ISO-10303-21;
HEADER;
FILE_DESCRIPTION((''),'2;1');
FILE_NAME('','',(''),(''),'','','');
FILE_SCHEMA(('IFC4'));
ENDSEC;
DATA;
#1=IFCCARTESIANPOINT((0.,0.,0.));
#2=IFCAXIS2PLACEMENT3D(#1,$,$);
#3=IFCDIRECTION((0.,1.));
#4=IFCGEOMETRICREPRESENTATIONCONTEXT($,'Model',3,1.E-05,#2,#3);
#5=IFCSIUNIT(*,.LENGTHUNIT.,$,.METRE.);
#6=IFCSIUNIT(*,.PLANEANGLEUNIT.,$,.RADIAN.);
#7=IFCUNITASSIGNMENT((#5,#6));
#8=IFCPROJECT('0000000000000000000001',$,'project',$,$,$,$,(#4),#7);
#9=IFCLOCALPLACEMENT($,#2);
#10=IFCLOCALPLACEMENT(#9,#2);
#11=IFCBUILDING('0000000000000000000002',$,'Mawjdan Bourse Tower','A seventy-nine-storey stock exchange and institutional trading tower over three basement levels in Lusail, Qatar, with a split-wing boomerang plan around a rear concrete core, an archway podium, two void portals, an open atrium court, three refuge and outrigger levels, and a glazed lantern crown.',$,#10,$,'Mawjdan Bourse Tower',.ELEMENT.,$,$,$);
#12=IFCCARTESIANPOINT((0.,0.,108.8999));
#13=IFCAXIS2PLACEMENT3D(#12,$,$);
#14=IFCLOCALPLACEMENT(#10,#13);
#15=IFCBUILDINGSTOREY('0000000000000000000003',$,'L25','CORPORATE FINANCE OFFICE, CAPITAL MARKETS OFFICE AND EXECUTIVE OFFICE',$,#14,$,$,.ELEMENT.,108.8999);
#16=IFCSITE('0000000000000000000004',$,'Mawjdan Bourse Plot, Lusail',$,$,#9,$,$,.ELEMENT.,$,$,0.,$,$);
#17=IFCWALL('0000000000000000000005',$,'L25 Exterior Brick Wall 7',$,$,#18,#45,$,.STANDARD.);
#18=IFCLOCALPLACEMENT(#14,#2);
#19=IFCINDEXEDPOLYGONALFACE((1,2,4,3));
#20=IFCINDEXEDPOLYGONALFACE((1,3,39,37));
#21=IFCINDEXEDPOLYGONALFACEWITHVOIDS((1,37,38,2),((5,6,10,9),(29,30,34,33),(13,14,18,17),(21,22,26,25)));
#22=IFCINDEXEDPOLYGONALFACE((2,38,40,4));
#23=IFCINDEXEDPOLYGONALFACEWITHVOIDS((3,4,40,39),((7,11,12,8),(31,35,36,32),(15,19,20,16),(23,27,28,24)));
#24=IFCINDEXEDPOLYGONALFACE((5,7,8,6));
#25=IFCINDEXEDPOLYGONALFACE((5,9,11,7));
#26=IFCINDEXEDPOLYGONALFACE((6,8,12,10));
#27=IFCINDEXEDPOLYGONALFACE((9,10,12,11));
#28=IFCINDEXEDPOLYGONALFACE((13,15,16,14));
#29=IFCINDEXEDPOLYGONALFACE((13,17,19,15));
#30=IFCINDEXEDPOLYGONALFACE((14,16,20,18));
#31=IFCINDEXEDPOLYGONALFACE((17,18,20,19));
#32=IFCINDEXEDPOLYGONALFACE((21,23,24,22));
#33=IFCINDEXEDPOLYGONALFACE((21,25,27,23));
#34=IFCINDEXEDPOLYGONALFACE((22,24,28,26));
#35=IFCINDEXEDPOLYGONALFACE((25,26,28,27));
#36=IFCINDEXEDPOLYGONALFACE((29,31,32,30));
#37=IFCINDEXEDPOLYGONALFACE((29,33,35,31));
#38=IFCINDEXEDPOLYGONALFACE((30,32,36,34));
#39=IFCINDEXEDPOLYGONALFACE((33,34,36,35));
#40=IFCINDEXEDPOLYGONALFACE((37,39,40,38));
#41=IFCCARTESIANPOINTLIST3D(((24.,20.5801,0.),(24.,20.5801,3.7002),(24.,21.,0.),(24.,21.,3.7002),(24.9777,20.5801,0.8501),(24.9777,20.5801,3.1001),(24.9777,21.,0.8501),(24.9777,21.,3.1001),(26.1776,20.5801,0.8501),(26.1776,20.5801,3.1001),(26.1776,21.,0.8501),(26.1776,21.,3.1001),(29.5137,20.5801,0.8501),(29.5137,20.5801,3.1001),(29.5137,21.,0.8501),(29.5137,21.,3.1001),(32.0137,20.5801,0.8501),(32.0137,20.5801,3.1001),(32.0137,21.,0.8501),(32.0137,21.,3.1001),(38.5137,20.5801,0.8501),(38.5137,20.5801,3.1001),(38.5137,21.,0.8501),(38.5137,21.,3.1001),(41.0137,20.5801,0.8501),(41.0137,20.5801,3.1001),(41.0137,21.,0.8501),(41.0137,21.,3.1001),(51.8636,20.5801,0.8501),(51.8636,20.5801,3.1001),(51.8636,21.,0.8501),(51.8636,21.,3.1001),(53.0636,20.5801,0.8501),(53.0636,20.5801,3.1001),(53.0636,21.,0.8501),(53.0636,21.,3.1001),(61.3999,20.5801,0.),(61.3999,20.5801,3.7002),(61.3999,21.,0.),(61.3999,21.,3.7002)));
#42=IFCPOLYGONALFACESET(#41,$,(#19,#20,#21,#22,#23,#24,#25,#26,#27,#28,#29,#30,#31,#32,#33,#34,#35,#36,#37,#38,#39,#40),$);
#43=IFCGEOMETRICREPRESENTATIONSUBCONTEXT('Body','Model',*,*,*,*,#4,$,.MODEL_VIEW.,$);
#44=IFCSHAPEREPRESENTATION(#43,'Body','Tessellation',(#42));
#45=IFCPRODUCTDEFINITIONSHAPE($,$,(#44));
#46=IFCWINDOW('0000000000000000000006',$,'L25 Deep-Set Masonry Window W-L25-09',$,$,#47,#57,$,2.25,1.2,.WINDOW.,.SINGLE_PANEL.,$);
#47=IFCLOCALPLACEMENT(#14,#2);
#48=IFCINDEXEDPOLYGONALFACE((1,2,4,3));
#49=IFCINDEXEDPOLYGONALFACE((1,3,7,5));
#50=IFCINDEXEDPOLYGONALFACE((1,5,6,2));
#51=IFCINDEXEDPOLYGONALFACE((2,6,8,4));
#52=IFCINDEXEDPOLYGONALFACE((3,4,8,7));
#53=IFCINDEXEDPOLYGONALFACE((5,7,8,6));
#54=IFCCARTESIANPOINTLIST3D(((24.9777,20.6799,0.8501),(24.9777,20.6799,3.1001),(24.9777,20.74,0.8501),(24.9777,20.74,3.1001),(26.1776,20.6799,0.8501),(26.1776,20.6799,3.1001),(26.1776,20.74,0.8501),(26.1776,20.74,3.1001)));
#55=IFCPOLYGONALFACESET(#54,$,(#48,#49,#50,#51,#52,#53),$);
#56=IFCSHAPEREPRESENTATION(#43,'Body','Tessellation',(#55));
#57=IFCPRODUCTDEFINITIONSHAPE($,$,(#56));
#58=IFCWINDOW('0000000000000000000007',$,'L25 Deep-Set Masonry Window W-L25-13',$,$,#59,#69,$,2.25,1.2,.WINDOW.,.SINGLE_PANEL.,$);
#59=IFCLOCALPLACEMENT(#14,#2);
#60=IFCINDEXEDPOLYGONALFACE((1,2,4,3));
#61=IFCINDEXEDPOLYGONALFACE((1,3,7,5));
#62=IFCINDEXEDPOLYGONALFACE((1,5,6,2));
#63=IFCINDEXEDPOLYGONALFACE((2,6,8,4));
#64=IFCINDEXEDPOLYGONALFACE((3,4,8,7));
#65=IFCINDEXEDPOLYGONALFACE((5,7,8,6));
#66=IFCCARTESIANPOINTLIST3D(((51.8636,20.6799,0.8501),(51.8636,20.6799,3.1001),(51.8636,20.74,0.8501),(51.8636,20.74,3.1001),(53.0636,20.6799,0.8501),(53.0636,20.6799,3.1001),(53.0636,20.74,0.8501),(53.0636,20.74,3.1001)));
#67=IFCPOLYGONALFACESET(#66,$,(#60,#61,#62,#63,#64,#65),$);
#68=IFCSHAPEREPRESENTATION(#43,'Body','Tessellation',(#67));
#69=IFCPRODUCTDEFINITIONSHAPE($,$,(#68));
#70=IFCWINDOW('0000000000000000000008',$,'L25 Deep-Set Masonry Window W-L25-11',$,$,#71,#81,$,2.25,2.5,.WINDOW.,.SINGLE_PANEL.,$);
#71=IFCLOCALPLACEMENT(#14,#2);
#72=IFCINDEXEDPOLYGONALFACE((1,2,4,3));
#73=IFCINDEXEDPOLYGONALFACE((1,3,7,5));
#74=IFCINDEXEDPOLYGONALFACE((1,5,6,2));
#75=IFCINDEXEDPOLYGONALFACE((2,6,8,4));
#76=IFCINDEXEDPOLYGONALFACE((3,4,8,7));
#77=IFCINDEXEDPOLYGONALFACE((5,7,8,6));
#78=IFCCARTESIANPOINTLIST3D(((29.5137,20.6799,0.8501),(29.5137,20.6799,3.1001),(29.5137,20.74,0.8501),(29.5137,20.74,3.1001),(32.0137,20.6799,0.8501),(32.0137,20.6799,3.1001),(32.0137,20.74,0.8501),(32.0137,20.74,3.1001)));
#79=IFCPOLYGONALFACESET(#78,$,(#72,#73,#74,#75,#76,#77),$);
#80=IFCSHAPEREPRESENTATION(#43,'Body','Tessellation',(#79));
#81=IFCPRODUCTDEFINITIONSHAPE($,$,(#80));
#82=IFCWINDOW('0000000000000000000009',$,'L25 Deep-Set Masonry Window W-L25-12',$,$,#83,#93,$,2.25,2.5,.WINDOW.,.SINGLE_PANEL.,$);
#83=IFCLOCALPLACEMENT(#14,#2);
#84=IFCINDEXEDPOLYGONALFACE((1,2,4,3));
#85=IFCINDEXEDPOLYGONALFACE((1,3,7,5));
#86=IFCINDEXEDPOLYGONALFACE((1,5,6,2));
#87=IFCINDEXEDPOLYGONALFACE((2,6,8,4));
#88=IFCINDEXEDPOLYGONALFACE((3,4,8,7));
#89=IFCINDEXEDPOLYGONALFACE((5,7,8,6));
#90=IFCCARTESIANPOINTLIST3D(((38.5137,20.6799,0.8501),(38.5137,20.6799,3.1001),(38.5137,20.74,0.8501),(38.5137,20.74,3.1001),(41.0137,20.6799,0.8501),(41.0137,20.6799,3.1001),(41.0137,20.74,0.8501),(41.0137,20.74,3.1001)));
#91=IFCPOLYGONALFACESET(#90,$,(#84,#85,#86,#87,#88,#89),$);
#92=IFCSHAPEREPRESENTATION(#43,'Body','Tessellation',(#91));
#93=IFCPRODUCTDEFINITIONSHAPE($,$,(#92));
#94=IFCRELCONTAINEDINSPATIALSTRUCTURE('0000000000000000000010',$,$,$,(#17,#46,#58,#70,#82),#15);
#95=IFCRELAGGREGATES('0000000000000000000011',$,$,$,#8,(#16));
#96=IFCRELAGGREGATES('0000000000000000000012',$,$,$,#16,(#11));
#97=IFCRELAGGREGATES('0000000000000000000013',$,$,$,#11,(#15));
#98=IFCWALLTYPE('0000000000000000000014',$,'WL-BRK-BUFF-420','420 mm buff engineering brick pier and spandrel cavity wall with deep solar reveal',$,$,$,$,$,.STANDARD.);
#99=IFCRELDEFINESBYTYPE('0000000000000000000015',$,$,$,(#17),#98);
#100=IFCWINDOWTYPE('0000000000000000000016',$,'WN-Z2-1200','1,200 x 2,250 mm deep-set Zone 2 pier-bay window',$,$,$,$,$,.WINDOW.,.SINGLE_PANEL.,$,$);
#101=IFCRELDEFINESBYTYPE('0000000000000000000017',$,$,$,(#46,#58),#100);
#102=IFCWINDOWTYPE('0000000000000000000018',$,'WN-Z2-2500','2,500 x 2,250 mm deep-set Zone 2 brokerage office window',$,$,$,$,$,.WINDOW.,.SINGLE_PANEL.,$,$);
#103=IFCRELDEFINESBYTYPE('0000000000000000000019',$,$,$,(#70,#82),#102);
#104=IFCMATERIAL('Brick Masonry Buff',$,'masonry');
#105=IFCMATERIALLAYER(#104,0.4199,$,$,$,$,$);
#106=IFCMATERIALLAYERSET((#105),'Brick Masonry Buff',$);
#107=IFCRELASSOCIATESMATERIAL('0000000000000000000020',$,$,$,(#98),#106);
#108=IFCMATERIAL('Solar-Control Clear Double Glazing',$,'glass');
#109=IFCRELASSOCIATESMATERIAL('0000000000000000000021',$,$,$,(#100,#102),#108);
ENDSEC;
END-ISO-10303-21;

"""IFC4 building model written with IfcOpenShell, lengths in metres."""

from ifc_helpers import new_model, si_unit, direction, frame, frame_2d, origin, place, context, subcontext, project, spatial, rectangle, extrude, material, layer, layer_set, type_object, element, fill, save


model = new_model("IFC4")

# Units and contexts
model_context = context("Model", 3, precision=1e-05, world=origin(), true_north=direction((0.0, 1.0)))
body_context = subcontext(model_context, "Body", "Model", "MODEL_VIEW")
ifc_project = project(units=[si_unit("LENGTHUNIT", "METRE"), si_unit("PLANEANGLEUNIT", "RADIAN")], contexts=[model_context])

# Site, building, storey
site_placement = place(None, origin())
site = spatial("IfcSite", under=ifc_project, at=site_placement, Name="Mawjdan Bourse Plot, Lusail", CompositionType="ELEMENT", RefElevation=0.0)
building_placement = place(site_placement, origin())
building = spatial("IfcBuilding", under=site, at=building_placement, Name="Mawjdan Bourse Tower", Description="A seventy-nine-storey stock exchange and institutional trading tower over three basement levels in Lusail, Qatar, with a split-wing boomerang plan around a rear concrete core, an archway podium, two void portals, an open atrium court, three refuge and outrigger levels, and a glazed lantern crown.", LongName="Mawjdan Bourse Tower", CompositionType="ELEMENT")
storey_placement = place(building_placement, frame((0.0, 0.0, 108.8999)))
storey = spatial("IfcBuildingStorey", under=building, at=storey_placement, Name="L25", Description="CORPORATE FINANCE OFFICE, CAPITAL MARKETS OFFICE AND EXECUTIVE OFFICE", CompositionType="ELEMENT", Elevation=108.8999)

# Shared definitions
ifc_material_1 = material(Name="Brick Masonry Buff", Category="masonry")
ifc_layer = layer(ifc_material_1, 0.4199)
ifc_layer_set = layer_set([ifc_layer], Name="Brick Masonry Buff")
wall_type = type_object("IfcWallType", Name="WL-BRK-BUFF-420", Description="420 mm buff engineering brick pier and spandrel cavity wall with deep solar reveal", PredefinedType="STANDARD", material=ifc_layer_set)

# Wall, openings, windows
wall_placement = place(storey_placement, frame((61.3999, 20.79, 0.0), z_axis=(0.0, 0.0, 1.0), x_axis=(-1.0, 0.0, 0.0)))
wall = element("IfcWall", 1, at=wall_placement, inside=storey, type_object=wall_type, Name="L25 Exterior Brick Wall 7", PredefinedType="STANDARD", context=body_context, shape_type="SweptSolid", body=[
    extrude(rectangle(XDim=37.3999, YDim=0.4199, at=frame_2d((18.7, 0.0))), origin(), (0.0, 0.0, 1.0), 3.7002),
])
opening_1_placement = place(wall_placement, frame((35.2222, 0.0, 0.8501)))
opening_1 = element("IfcOpeningElement", 2, at=opening_1_placement, cuts=wall, PredefinedType="OPENING", context=body_context, shape_type="SweptSolid", body=[
    extrude(rectangle(XDim=1.2, YDim=2.25, at=frame_2d((0.6001, 1.125))), frame((0.0, 0.22, 0.0), z_axis=(0.0, -1.0, 0.0), x_axis=(1.0, 0.0, 0.0)), (0.0, 0.0, 1.0), 0.4399),
])
opening_2_placement = place(wall_placement, frame((29.3862, 0.0, 0.8501)))
opening_2 = element("IfcOpeningElement", 3, at=opening_2_placement, cuts=wall, PredefinedType="OPENING", context=body_context, shape_type="SweptSolid", body=[
    extrude(rectangle(XDim=2.5, YDim=2.25, at=frame_2d((1.25, 1.125))), frame((0.0, 0.22, 0.0), z_axis=(0.0, -1.0, 0.0), x_axis=(1.0, 0.0, 0.0)), (0.0, 0.0, 1.0), 0.4399),
])
opening_3_placement = place(wall_placement, frame((20.3862, 0.0, 0.8501)))
opening_3 = element("IfcOpeningElement", 4, at=opening_3_placement, cuts=wall, PredefinedType="OPENING", context=body_context, shape_type="SweptSolid", body=[
    extrude(rectangle(XDim=2.5, YDim=2.25, at=frame_2d((1.25, 1.125))), frame((0.0, 0.22, 0.0), z_axis=(0.0, -1.0, 0.0), x_axis=(1.0, 0.0, 0.0)), (0.0, 0.0, 1.0), 0.4399),
])
opening_4_placement = place(wall_placement, frame((8.3362, 0.0, 0.8501)))
opening_4 = element("IfcOpeningElement", 5, at=opening_4_placement, cuts=wall, PredefinedType="OPENING", context=body_context, shape_type="SweptSolid", body=[
    extrude(rectangle(XDim=1.2, YDim=2.25, at=frame_2d((0.6001, 1.125))), frame((0.0, 0.22, 0.0), z_axis=(0.0, -1.0, 0.0), x_axis=(1.0, 0.0, 0.0)), (0.0, 0.0, 1.0), 0.4399),
])
ifc_material_2 = material(Name="Solar-Control Clear Double Glazing", Category="glass")
window_type_1 = type_object("IfcWindowType", Name="WN-Z2-1200", Description="1,200 x 2,250 mm deep-set Zone 2 pier-bay window", PartitioningType="SINGLE_PANEL", PredefinedType="WINDOW", material=ifc_material_2)
window_1_placement = place(opening_1_placement, origin())
window_1 = element("IfcWindow", 6, at=window_1_placement, inside=storey, type_object=window_type_1, Name="L25 Deep-Set Masonry Window W-L25-09", OverallHeight=2.25, OverallWidth=1.2, PartitioningType="SINGLE_PANEL", PredefinedType="WINDOW", context=body_context, shape_type="SweptSolid", body=[
    extrude(rectangle(XDim=1.2, YDim=2.25, at=frame_2d((0.6001, 1.125))), frame((0.0, 0.1101, 0.0), z_axis=(0.0, -1.0, 0.0), x_axis=(1.0, 0.0, 0.0)), (0.0, 0.0, 1.0), 0.0601),
])
fill(opening_1, window_1)
window_2_placement = place(opening_4_placement, origin())
window_2 = element("IfcWindow", 7, at=window_2_placement, inside=storey, type_object=window_type_1, Name="L25 Deep-Set Masonry Window W-L25-13", OverallHeight=2.25, OverallWidth=1.2, PartitioningType="SINGLE_PANEL", PredefinedType="WINDOW", context=body_context, shape_type="SweptSolid", body=[
    extrude(rectangle(XDim=1.2, YDim=2.25, at=frame_2d((0.6001, 1.125))), frame((0.0, 0.1101, 0.0), z_axis=(0.0, -1.0, 0.0), x_axis=(1.0, 0.0, 0.0)), (0.0, 0.0, 1.0), 0.0601),
])
fill(opening_4, window_2)
window_type_2 = type_object("IfcWindowType", Name="WN-Z2-2500", Description="2,500 x 2,250 mm deep-set Zone 2 brokerage office window", PartitioningType="SINGLE_PANEL", PredefinedType="WINDOW", material=ifc_material_2)
window_3_placement = place(opening_2_placement, origin())
window_3 = element("IfcWindow", 8, at=window_3_placement, inside=storey, type_object=window_type_2, Name="L25 Deep-Set Masonry Window W-L25-11", OverallHeight=2.25, OverallWidth=2.5, PartitioningType="SINGLE_PANEL", PredefinedType="WINDOW", context=body_context, shape_type="SweptSolid", body=[
    extrude(rectangle(XDim=2.5, YDim=2.25, at=frame_2d((1.25, 1.125))), frame((0.0, 0.1101, 0.0), z_axis=(0.0, -1.0, 0.0), x_axis=(1.0, 0.0, 0.0)), (0.0, 0.0, 1.0), 0.0601),
])
fill(opening_2, window_3)
window_4_placement = place(opening_3_placement, origin())
window_4 = element("IfcWindow", 9, at=window_4_placement, inside=storey, type_object=window_type_2, Name="L25 Deep-Set Masonry Window W-L25-12", OverallHeight=2.25, OverallWidth=2.5, PartitioningType="SINGLE_PANEL", PredefinedType="WINDOW", context=body_context, shape_type="SweptSolid", body=[
    extrude(rectangle(XDim=2.5, YDim=2.25, at=frame_2d((1.25, 1.125))), frame((0.0, 0.1101, 0.0), z_axis=(0.0, -1.0, 0.0), x_axis=(1.0, 0.0, 0.0)), (0.0, 0.0, 1.0), 0.0601),
])
fill(opening_3, window_4)

save(model, "model.ifc")
